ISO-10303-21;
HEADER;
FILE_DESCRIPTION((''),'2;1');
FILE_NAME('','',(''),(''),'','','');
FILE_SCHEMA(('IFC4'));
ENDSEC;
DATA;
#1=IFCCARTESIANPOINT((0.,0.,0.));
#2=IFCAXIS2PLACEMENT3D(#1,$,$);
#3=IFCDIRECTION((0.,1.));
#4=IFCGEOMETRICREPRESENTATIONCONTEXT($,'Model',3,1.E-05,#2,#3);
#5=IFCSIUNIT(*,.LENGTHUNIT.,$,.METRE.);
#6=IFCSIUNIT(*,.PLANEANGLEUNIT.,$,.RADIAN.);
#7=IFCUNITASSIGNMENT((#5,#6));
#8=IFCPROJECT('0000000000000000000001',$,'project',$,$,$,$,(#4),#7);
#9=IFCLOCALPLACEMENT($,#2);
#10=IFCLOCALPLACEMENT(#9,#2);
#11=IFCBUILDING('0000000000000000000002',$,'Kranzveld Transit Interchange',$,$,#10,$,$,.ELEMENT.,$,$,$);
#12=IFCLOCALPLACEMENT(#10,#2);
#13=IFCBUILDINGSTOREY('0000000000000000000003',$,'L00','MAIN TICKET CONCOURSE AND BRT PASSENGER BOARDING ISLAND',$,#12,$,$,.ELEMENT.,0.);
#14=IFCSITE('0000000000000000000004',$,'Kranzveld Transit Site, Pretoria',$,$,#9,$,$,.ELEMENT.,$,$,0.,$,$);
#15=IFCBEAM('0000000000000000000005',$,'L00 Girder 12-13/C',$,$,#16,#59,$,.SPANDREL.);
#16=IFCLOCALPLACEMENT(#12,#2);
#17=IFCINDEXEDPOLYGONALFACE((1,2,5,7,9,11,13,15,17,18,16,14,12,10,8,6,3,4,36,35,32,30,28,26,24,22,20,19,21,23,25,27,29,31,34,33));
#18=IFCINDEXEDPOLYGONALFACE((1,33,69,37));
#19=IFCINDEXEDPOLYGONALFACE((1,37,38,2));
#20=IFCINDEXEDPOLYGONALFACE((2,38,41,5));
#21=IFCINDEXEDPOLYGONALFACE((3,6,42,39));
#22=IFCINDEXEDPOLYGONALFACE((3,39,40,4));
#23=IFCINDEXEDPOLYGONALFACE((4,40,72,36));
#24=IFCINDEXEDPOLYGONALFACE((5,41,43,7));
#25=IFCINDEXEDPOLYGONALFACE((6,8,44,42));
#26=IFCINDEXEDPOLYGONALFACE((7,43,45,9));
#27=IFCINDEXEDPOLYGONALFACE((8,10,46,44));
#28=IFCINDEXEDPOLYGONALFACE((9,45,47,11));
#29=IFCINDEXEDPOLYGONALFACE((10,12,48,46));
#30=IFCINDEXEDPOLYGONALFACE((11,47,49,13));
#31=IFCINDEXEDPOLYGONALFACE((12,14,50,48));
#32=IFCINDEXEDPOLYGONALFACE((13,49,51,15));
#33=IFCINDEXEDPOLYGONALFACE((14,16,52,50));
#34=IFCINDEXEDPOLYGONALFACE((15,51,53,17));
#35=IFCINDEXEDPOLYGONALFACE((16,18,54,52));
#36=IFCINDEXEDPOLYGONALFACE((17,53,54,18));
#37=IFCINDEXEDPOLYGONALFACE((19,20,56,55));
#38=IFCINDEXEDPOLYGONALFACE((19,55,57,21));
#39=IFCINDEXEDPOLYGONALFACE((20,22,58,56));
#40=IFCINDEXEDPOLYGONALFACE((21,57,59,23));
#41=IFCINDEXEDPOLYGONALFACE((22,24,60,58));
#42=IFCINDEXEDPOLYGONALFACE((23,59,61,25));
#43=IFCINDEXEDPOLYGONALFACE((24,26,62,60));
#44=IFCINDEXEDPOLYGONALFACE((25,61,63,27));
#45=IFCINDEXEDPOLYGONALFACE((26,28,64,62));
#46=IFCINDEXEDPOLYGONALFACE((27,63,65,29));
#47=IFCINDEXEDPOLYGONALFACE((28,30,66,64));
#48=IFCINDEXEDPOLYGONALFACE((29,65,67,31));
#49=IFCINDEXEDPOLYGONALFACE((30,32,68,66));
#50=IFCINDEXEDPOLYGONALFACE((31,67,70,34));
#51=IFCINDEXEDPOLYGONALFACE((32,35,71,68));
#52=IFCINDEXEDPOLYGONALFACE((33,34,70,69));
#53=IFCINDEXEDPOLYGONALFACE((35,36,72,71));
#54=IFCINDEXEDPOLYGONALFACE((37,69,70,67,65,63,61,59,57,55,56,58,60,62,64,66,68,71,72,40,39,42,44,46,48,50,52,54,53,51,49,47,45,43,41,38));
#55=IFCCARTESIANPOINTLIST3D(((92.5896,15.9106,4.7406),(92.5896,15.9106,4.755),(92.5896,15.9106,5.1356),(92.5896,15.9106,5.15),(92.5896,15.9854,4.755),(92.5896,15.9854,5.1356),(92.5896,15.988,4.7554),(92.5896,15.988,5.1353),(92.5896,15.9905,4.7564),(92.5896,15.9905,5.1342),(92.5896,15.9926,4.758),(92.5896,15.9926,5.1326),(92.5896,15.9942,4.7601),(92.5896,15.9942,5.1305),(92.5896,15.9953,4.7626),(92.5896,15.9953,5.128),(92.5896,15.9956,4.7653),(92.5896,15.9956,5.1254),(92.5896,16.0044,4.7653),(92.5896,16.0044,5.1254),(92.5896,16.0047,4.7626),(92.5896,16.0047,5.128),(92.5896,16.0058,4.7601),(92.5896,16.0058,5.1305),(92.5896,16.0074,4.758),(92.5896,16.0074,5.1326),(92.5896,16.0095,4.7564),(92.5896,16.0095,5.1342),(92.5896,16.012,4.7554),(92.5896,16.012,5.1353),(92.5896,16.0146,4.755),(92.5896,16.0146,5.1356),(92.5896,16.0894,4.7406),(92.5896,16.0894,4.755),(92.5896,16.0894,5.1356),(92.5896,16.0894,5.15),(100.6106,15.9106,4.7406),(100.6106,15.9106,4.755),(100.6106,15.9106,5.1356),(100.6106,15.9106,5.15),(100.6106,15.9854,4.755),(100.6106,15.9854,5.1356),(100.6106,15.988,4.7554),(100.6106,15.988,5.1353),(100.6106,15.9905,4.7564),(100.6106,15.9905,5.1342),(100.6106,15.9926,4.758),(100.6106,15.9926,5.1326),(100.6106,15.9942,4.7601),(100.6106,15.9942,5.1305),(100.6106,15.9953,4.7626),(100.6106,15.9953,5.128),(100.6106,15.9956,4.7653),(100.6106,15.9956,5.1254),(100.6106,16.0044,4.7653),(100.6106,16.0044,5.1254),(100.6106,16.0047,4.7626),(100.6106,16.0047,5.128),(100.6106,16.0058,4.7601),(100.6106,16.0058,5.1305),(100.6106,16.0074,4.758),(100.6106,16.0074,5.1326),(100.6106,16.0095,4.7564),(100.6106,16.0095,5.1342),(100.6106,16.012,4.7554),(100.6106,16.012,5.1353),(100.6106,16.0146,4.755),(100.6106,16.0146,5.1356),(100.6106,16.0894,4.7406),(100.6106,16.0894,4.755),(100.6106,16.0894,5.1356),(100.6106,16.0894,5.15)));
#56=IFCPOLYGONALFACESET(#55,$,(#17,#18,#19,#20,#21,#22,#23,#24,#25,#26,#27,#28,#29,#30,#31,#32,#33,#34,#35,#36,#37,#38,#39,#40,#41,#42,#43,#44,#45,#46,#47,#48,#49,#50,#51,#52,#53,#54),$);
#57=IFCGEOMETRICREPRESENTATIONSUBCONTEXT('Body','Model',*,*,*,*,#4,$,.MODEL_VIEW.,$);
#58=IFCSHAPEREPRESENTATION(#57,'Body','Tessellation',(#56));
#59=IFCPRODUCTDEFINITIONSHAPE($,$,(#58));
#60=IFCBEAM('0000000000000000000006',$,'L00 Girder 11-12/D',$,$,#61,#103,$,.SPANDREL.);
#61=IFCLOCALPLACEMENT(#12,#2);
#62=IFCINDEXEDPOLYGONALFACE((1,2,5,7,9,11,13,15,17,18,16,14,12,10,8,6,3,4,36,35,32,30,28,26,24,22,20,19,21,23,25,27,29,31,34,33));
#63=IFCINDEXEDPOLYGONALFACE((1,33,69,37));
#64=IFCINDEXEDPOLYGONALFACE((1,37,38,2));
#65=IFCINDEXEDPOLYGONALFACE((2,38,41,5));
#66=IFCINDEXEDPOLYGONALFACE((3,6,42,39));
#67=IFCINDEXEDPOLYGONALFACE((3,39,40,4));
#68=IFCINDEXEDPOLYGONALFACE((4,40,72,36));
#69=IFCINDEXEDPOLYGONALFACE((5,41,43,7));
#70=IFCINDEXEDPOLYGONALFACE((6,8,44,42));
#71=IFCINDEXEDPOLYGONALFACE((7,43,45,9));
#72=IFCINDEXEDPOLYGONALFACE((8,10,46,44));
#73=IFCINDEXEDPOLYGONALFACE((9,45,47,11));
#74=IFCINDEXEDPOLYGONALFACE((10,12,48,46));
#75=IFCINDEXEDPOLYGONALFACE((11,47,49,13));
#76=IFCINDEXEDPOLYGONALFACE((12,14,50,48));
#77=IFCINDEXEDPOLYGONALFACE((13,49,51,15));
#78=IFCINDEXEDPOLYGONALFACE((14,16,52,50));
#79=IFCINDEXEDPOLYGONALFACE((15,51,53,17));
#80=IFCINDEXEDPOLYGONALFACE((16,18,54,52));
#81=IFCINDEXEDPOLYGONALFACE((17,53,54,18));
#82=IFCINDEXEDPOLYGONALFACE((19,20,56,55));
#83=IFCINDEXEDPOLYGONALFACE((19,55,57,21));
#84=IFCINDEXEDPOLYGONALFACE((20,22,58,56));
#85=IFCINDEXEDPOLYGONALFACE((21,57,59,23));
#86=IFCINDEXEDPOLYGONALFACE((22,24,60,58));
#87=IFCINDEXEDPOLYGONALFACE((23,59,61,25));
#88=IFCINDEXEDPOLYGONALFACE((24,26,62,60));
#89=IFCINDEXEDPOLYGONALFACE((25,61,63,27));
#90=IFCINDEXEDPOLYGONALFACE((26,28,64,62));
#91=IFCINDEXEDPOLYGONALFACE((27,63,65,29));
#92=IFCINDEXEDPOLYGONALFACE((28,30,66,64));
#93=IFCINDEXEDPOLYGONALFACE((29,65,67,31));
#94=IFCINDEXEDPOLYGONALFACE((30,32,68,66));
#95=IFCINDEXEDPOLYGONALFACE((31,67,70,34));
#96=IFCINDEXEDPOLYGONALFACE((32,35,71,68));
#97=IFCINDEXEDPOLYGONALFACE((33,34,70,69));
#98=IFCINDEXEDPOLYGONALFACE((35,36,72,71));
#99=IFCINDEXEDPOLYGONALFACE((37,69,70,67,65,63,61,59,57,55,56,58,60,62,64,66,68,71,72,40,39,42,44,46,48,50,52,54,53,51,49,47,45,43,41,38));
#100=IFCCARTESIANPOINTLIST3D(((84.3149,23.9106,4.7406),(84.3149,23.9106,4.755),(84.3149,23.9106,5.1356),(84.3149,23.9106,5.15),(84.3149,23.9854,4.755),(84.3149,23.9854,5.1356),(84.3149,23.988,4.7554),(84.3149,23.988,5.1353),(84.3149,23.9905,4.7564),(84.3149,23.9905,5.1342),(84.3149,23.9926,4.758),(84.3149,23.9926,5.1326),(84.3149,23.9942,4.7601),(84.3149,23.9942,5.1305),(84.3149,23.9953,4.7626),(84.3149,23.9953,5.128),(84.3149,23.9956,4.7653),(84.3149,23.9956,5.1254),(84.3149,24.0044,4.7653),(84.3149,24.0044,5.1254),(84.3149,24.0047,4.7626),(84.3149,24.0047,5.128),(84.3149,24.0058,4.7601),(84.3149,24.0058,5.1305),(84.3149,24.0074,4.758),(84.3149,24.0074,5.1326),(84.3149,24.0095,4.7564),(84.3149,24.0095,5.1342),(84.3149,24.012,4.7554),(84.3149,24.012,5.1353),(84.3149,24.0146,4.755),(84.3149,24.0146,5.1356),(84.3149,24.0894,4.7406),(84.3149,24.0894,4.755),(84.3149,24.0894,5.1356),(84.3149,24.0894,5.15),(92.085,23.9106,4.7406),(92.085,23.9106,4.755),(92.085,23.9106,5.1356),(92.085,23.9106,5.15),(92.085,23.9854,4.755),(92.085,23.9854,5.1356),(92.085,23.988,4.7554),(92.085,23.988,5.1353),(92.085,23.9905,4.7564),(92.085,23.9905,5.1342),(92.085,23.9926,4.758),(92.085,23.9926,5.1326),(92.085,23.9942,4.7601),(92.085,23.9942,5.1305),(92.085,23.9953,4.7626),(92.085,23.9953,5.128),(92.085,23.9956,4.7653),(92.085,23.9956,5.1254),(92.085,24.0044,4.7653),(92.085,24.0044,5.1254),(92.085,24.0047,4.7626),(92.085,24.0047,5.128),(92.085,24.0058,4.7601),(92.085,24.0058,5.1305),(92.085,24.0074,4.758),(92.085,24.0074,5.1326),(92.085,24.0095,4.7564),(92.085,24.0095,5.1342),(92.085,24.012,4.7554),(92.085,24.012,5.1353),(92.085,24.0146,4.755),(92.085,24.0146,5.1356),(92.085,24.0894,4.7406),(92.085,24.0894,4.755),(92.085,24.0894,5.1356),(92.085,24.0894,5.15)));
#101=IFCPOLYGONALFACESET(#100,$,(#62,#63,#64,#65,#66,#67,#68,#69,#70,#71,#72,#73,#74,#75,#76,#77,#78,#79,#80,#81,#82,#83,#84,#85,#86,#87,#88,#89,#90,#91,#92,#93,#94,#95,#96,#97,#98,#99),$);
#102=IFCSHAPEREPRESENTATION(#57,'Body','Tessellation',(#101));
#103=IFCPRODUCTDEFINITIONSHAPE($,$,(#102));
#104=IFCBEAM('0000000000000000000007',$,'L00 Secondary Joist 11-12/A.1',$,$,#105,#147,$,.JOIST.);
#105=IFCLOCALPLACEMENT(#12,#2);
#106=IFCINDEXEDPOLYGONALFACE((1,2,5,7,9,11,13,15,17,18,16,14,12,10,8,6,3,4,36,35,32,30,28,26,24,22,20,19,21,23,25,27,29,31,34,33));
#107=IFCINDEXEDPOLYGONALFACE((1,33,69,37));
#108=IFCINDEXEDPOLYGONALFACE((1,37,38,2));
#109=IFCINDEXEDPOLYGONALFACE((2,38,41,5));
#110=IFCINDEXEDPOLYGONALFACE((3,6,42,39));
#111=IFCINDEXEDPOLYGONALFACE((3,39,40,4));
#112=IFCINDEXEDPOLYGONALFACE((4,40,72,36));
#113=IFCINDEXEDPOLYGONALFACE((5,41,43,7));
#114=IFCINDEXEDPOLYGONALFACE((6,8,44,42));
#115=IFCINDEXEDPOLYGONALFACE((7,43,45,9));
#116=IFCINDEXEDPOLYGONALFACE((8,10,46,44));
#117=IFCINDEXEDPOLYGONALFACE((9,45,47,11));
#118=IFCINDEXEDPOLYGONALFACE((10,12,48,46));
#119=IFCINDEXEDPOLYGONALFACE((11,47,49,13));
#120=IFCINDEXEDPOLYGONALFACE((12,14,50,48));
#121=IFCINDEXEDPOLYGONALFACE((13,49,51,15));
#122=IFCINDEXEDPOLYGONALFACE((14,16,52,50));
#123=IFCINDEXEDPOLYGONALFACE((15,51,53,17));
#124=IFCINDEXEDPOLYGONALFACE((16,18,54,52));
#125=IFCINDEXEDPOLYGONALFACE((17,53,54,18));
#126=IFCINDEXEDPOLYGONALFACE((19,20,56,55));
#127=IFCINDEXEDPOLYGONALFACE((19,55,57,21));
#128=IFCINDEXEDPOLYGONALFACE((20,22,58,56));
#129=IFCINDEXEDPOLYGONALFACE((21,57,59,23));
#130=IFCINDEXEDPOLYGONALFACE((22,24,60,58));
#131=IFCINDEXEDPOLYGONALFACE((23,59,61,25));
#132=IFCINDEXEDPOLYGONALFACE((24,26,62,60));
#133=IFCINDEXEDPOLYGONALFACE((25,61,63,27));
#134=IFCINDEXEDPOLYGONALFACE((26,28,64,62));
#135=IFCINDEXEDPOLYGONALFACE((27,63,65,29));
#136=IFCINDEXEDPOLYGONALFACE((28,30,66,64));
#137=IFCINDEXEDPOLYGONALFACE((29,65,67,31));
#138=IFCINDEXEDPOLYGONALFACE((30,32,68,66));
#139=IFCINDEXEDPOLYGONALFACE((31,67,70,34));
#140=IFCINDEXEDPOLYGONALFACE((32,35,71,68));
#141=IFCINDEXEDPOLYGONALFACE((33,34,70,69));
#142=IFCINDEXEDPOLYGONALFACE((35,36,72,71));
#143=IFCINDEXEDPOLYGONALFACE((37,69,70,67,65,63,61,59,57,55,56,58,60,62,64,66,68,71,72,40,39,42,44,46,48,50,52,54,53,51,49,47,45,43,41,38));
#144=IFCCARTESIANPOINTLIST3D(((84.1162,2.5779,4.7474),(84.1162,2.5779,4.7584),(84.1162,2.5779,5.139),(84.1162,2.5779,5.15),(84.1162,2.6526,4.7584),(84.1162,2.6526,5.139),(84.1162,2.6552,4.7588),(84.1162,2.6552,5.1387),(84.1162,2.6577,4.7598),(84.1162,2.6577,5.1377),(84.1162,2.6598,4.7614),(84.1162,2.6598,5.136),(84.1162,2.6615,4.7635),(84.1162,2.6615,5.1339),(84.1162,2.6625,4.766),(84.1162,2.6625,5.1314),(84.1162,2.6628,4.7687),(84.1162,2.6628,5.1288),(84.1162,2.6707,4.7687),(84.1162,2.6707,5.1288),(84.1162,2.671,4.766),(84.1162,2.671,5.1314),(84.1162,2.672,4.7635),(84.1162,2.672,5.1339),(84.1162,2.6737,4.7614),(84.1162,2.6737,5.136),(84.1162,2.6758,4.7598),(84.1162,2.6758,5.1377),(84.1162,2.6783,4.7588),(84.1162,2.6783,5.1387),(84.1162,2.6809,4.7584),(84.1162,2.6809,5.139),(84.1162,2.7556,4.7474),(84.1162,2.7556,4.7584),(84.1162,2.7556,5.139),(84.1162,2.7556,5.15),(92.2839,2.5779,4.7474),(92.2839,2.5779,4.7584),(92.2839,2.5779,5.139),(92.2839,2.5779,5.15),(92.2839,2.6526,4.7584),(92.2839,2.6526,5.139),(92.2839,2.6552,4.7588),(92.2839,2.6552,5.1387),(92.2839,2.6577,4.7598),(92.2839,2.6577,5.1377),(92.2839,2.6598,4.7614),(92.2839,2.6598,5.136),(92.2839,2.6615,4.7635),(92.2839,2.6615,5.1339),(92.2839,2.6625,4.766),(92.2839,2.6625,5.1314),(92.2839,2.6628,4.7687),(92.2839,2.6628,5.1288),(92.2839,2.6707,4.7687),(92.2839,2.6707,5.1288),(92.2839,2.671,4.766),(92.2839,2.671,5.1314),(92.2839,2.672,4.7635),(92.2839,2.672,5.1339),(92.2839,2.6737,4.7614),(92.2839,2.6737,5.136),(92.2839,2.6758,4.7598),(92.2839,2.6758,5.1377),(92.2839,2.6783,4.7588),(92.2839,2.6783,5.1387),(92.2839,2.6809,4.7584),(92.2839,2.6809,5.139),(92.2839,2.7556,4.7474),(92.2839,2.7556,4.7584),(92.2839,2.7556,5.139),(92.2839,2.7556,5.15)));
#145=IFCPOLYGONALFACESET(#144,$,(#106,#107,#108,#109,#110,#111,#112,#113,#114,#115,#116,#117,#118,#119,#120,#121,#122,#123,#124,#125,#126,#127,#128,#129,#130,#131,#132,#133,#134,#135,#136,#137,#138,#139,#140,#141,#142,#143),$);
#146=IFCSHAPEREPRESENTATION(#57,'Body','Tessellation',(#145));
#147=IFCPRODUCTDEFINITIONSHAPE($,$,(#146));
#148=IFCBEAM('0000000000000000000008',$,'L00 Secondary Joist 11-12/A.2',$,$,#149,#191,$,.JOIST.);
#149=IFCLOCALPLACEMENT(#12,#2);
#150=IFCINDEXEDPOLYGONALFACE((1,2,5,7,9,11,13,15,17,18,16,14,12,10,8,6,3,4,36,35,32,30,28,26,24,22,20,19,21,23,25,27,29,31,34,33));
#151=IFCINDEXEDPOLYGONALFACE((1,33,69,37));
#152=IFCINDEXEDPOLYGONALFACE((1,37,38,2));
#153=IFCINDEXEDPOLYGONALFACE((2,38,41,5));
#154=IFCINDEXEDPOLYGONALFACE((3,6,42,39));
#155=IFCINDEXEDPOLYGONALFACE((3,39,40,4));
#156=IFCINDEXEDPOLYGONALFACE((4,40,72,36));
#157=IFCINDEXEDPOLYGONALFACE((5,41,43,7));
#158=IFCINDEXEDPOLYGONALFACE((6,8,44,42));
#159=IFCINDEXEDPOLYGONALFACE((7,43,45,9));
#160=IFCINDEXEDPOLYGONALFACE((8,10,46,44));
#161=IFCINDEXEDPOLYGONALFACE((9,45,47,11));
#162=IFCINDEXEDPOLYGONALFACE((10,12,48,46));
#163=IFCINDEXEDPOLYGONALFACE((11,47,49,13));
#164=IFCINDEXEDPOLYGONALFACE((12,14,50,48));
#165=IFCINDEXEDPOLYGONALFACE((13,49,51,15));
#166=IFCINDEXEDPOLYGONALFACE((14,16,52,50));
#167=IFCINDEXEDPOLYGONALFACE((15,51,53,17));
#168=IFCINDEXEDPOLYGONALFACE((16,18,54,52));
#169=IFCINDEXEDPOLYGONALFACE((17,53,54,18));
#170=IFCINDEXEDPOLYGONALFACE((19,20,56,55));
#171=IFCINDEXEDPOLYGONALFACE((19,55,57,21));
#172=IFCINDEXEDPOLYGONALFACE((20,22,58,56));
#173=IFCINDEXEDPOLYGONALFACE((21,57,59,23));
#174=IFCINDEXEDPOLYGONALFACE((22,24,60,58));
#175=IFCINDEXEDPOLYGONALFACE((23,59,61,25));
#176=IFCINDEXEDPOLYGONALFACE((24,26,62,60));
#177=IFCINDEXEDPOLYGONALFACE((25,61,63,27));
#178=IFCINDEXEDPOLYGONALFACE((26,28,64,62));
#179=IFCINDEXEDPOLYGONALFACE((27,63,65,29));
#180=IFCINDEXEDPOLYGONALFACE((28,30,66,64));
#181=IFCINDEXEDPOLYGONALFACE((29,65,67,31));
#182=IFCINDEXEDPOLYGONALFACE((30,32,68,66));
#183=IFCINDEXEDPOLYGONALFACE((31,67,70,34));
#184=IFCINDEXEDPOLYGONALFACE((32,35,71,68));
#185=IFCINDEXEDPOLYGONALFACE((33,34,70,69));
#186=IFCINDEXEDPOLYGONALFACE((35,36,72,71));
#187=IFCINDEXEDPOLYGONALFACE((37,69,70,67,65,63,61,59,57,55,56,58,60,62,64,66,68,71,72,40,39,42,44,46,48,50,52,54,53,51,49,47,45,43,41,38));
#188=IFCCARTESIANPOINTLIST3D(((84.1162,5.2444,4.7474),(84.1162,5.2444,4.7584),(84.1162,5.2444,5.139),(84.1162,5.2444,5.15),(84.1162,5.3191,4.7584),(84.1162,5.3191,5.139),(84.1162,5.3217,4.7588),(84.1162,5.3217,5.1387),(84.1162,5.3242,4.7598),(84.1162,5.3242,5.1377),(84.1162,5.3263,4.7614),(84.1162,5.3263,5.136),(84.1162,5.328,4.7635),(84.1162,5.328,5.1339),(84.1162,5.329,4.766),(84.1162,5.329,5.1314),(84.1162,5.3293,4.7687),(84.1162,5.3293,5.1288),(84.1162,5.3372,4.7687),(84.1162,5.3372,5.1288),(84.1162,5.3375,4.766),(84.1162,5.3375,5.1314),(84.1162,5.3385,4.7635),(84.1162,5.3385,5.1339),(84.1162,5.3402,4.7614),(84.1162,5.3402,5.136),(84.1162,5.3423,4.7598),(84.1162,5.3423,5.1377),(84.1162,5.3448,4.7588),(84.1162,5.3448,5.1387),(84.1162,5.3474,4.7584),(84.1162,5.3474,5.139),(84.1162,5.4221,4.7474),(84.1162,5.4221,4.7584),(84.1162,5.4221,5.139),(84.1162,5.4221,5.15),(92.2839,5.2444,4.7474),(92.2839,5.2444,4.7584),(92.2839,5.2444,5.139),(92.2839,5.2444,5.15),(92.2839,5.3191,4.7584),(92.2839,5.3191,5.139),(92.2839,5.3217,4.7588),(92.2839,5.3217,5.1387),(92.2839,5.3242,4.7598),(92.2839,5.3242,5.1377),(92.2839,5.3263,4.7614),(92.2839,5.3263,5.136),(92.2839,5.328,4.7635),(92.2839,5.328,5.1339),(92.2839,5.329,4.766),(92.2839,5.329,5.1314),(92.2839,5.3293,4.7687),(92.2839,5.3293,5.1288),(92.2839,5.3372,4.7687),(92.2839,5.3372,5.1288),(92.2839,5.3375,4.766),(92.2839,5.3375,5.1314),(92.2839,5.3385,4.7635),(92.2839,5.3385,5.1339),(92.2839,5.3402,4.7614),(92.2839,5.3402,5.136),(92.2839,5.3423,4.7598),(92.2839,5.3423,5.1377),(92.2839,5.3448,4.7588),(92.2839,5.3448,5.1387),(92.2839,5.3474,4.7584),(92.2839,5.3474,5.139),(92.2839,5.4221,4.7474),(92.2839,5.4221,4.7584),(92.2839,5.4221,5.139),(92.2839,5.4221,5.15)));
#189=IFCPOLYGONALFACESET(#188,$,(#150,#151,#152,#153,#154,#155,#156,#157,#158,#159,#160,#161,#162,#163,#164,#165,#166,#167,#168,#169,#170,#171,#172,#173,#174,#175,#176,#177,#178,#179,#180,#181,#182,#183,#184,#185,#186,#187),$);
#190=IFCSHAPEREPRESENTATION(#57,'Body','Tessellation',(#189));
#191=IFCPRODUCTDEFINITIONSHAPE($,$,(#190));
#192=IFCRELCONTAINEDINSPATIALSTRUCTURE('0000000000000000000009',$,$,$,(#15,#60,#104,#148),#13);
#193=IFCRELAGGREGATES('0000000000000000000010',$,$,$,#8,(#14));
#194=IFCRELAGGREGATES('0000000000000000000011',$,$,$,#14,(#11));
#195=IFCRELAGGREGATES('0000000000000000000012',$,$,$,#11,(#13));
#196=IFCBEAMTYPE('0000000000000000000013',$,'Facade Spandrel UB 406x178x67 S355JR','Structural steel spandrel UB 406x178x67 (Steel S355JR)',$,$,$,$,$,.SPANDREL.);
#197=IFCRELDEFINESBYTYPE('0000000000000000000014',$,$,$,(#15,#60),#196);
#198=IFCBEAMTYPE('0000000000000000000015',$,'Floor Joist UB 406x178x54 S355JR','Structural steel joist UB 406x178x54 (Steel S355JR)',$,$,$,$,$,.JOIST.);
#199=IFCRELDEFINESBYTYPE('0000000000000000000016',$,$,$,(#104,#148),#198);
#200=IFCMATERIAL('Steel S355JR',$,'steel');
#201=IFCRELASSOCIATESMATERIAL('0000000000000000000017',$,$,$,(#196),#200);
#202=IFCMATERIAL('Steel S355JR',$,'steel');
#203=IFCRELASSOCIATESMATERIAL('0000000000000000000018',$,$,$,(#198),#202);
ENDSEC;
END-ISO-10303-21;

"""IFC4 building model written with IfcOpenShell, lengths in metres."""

from ifc_helpers import new_model, si_unit, direction, frame, origin, origin_2d, place, context, subcontext, project, spatial, i_section, extrude, material, material_profile, profile_set, type_object, element, save


model = new_model("IFC4")

# Units and contexts
model_context = context("Model", 3, precision=1e-05, world=origin(), true_north=direction((0.0, 1.0)))
body_context = subcontext(model_context, "Body", "Model", "MODEL_VIEW")
ifc_project = project(units=[si_unit("LENGTHUNIT", "METRE"), si_unit("PLANEANGLEUNIT", "RADIAN")], contexts=[model_context])

# Site, building, storey
site_placement = place(None, origin())
site = spatial("IfcSite", under=ifc_project, at=site_placement, Name="Kranzveld Transit Site, Pretoria", CompositionType="ELEMENT", RefElevation=0.0)
building_placement = place(site_placement, origin())
building = spatial("IfcBuilding", under=site, at=building_placement, Name="Kranzveld Transit Interchange", CompositionType="ELEMENT")
storey_placement = place(building_placement, origin())
storey = spatial("IfcBuildingStorey", under=building, at=storey_placement, Name="L00", Description="MAIN TICKET CONCOURSE AND BRT PASSENGER BOARDING ISLAND", CompositionType="ELEMENT", Elevation=0.0)

# Beams
ifc_material_1 = material(Name="Steel S355JR", Category="steel")
ifc_material_profile_1 = material_profile(ifc_material_1, i_section(OverallWidth=0.1787, OverallDepth=0.4094, WebThickness=0.0088, FlangeThickness=0.0144, FilletRadius=0.0103, at=origin_2d()), Name="UB 406x178x67")
ifc_profile_set_1 = profile_set([ifc_material_profile_1], Name="Steel S355JR")
beam_type_1 = type_object("IfcBeamType", Name="Facade Spandrel UB 406x178x67 S355JR", Description="Structural steel spandrel UB 406x178x67 (Steel S355JR)", PredefinedType="SPANDREL", material=ifc_profile_set_1)
for number, where, z_axis, x_axis, name in (
    (1, (92.5896, 16.0, 4.9453), (1.0, 0.0, 0.0), (0.0, 1.0, 0.0), "L00 Girder 12-13/C"),
):
    element("IfcBeam", number, at=place(storey_placement, frame(where, z_axis=z_axis, x_axis=x_axis)), inside=storey, type_object=beam_type_1, Name=name, PredefinedType="SPANDREL", context=body_context, shape_type="SweptSolid", body=[
        extrude(i_section(OverallWidth=0.1787, OverallDepth=0.4094, WebThickness=0.0088, FlangeThickness=0.0144, FilletRadius=0.0103, at=origin_2d()), origin(), (0.0, 0.0, 1.0), 8.021),
    ])
beam_1_placement = place(storey_placement, frame((84.3149, 24.0, 4.9453), z_axis=(1.0, 0.0, 0.0), x_axis=(0.0, 1.0, 0.0)))
element("IfcBeam", 2, at=beam_1_placement, inside=storey, type_object=beam_type_1, Name="L00 Girder 11-12/D", PredefinedType="SPANDREL", context=body_context, shape_type="SweptSolid", body=[
    extrude(i_section(OverallWidth=0.1787, OverallDepth=0.4094, WebThickness=0.0088, FlangeThickness=0.0144, FilletRadius=0.0103, at=origin_2d()), origin(), (0.0, 0.0, 1.0), 7.77),
])
ifc_material_2 = material(Name="Steel S355JR", Category="steel")
ifc_material_profile_2 = material_profile(ifc_material_2, i_section(OverallWidth=0.1777, OverallDepth=0.4026, WebThickness=0.0078, FlangeThickness=0.011, FilletRadius=0.0103, at=origin_2d()), Name="UB 406x178x54")
ifc_profile_set_2 = profile_set([ifc_material_profile_2], Name="Steel S355JR")
beam_type_2 = type_object("IfcBeamType", Name="Floor Joist UB 406x178x54 S355JR", Description="Structural steel joist UB 406x178x54 (Steel S355JR)", PredefinedType="JOIST", material=ifc_profile_set_2)
for number, where, z_axis, x_axis, name in (
    (3, (84.1162, 2.6667, 4.9487), (1.0, 0.0, 0.0), (0.0, 1.0, 0.0), "L00 Secondary Joist 11-12/A.1"),
    (4, (84.1162, 5.3333, 4.9487), (1.0, 0.0, 0.0), (0.0, 1.0, 0.0), "L00 Secondary Joist 11-12/A.2"),
):
    element("IfcBeam", number, at=place(storey_placement, frame(where, z_axis=z_axis, x_axis=x_axis)), inside=storey, type_object=beam_type_2, Name=name, PredefinedType="JOIST", context=body_context, shape_type="SweptSolid", body=[
        extrude(i_section(OverallWidth=0.1777, OverallDepth=0.4026, WebThickness=0.0078, FlangeThickness=0.011, FilletRadius=0.0103, at=origin_2d()), origin(), (0.0, 0.0, 1.0), 8.1677),
    ])

save(model, "model.ifc")
